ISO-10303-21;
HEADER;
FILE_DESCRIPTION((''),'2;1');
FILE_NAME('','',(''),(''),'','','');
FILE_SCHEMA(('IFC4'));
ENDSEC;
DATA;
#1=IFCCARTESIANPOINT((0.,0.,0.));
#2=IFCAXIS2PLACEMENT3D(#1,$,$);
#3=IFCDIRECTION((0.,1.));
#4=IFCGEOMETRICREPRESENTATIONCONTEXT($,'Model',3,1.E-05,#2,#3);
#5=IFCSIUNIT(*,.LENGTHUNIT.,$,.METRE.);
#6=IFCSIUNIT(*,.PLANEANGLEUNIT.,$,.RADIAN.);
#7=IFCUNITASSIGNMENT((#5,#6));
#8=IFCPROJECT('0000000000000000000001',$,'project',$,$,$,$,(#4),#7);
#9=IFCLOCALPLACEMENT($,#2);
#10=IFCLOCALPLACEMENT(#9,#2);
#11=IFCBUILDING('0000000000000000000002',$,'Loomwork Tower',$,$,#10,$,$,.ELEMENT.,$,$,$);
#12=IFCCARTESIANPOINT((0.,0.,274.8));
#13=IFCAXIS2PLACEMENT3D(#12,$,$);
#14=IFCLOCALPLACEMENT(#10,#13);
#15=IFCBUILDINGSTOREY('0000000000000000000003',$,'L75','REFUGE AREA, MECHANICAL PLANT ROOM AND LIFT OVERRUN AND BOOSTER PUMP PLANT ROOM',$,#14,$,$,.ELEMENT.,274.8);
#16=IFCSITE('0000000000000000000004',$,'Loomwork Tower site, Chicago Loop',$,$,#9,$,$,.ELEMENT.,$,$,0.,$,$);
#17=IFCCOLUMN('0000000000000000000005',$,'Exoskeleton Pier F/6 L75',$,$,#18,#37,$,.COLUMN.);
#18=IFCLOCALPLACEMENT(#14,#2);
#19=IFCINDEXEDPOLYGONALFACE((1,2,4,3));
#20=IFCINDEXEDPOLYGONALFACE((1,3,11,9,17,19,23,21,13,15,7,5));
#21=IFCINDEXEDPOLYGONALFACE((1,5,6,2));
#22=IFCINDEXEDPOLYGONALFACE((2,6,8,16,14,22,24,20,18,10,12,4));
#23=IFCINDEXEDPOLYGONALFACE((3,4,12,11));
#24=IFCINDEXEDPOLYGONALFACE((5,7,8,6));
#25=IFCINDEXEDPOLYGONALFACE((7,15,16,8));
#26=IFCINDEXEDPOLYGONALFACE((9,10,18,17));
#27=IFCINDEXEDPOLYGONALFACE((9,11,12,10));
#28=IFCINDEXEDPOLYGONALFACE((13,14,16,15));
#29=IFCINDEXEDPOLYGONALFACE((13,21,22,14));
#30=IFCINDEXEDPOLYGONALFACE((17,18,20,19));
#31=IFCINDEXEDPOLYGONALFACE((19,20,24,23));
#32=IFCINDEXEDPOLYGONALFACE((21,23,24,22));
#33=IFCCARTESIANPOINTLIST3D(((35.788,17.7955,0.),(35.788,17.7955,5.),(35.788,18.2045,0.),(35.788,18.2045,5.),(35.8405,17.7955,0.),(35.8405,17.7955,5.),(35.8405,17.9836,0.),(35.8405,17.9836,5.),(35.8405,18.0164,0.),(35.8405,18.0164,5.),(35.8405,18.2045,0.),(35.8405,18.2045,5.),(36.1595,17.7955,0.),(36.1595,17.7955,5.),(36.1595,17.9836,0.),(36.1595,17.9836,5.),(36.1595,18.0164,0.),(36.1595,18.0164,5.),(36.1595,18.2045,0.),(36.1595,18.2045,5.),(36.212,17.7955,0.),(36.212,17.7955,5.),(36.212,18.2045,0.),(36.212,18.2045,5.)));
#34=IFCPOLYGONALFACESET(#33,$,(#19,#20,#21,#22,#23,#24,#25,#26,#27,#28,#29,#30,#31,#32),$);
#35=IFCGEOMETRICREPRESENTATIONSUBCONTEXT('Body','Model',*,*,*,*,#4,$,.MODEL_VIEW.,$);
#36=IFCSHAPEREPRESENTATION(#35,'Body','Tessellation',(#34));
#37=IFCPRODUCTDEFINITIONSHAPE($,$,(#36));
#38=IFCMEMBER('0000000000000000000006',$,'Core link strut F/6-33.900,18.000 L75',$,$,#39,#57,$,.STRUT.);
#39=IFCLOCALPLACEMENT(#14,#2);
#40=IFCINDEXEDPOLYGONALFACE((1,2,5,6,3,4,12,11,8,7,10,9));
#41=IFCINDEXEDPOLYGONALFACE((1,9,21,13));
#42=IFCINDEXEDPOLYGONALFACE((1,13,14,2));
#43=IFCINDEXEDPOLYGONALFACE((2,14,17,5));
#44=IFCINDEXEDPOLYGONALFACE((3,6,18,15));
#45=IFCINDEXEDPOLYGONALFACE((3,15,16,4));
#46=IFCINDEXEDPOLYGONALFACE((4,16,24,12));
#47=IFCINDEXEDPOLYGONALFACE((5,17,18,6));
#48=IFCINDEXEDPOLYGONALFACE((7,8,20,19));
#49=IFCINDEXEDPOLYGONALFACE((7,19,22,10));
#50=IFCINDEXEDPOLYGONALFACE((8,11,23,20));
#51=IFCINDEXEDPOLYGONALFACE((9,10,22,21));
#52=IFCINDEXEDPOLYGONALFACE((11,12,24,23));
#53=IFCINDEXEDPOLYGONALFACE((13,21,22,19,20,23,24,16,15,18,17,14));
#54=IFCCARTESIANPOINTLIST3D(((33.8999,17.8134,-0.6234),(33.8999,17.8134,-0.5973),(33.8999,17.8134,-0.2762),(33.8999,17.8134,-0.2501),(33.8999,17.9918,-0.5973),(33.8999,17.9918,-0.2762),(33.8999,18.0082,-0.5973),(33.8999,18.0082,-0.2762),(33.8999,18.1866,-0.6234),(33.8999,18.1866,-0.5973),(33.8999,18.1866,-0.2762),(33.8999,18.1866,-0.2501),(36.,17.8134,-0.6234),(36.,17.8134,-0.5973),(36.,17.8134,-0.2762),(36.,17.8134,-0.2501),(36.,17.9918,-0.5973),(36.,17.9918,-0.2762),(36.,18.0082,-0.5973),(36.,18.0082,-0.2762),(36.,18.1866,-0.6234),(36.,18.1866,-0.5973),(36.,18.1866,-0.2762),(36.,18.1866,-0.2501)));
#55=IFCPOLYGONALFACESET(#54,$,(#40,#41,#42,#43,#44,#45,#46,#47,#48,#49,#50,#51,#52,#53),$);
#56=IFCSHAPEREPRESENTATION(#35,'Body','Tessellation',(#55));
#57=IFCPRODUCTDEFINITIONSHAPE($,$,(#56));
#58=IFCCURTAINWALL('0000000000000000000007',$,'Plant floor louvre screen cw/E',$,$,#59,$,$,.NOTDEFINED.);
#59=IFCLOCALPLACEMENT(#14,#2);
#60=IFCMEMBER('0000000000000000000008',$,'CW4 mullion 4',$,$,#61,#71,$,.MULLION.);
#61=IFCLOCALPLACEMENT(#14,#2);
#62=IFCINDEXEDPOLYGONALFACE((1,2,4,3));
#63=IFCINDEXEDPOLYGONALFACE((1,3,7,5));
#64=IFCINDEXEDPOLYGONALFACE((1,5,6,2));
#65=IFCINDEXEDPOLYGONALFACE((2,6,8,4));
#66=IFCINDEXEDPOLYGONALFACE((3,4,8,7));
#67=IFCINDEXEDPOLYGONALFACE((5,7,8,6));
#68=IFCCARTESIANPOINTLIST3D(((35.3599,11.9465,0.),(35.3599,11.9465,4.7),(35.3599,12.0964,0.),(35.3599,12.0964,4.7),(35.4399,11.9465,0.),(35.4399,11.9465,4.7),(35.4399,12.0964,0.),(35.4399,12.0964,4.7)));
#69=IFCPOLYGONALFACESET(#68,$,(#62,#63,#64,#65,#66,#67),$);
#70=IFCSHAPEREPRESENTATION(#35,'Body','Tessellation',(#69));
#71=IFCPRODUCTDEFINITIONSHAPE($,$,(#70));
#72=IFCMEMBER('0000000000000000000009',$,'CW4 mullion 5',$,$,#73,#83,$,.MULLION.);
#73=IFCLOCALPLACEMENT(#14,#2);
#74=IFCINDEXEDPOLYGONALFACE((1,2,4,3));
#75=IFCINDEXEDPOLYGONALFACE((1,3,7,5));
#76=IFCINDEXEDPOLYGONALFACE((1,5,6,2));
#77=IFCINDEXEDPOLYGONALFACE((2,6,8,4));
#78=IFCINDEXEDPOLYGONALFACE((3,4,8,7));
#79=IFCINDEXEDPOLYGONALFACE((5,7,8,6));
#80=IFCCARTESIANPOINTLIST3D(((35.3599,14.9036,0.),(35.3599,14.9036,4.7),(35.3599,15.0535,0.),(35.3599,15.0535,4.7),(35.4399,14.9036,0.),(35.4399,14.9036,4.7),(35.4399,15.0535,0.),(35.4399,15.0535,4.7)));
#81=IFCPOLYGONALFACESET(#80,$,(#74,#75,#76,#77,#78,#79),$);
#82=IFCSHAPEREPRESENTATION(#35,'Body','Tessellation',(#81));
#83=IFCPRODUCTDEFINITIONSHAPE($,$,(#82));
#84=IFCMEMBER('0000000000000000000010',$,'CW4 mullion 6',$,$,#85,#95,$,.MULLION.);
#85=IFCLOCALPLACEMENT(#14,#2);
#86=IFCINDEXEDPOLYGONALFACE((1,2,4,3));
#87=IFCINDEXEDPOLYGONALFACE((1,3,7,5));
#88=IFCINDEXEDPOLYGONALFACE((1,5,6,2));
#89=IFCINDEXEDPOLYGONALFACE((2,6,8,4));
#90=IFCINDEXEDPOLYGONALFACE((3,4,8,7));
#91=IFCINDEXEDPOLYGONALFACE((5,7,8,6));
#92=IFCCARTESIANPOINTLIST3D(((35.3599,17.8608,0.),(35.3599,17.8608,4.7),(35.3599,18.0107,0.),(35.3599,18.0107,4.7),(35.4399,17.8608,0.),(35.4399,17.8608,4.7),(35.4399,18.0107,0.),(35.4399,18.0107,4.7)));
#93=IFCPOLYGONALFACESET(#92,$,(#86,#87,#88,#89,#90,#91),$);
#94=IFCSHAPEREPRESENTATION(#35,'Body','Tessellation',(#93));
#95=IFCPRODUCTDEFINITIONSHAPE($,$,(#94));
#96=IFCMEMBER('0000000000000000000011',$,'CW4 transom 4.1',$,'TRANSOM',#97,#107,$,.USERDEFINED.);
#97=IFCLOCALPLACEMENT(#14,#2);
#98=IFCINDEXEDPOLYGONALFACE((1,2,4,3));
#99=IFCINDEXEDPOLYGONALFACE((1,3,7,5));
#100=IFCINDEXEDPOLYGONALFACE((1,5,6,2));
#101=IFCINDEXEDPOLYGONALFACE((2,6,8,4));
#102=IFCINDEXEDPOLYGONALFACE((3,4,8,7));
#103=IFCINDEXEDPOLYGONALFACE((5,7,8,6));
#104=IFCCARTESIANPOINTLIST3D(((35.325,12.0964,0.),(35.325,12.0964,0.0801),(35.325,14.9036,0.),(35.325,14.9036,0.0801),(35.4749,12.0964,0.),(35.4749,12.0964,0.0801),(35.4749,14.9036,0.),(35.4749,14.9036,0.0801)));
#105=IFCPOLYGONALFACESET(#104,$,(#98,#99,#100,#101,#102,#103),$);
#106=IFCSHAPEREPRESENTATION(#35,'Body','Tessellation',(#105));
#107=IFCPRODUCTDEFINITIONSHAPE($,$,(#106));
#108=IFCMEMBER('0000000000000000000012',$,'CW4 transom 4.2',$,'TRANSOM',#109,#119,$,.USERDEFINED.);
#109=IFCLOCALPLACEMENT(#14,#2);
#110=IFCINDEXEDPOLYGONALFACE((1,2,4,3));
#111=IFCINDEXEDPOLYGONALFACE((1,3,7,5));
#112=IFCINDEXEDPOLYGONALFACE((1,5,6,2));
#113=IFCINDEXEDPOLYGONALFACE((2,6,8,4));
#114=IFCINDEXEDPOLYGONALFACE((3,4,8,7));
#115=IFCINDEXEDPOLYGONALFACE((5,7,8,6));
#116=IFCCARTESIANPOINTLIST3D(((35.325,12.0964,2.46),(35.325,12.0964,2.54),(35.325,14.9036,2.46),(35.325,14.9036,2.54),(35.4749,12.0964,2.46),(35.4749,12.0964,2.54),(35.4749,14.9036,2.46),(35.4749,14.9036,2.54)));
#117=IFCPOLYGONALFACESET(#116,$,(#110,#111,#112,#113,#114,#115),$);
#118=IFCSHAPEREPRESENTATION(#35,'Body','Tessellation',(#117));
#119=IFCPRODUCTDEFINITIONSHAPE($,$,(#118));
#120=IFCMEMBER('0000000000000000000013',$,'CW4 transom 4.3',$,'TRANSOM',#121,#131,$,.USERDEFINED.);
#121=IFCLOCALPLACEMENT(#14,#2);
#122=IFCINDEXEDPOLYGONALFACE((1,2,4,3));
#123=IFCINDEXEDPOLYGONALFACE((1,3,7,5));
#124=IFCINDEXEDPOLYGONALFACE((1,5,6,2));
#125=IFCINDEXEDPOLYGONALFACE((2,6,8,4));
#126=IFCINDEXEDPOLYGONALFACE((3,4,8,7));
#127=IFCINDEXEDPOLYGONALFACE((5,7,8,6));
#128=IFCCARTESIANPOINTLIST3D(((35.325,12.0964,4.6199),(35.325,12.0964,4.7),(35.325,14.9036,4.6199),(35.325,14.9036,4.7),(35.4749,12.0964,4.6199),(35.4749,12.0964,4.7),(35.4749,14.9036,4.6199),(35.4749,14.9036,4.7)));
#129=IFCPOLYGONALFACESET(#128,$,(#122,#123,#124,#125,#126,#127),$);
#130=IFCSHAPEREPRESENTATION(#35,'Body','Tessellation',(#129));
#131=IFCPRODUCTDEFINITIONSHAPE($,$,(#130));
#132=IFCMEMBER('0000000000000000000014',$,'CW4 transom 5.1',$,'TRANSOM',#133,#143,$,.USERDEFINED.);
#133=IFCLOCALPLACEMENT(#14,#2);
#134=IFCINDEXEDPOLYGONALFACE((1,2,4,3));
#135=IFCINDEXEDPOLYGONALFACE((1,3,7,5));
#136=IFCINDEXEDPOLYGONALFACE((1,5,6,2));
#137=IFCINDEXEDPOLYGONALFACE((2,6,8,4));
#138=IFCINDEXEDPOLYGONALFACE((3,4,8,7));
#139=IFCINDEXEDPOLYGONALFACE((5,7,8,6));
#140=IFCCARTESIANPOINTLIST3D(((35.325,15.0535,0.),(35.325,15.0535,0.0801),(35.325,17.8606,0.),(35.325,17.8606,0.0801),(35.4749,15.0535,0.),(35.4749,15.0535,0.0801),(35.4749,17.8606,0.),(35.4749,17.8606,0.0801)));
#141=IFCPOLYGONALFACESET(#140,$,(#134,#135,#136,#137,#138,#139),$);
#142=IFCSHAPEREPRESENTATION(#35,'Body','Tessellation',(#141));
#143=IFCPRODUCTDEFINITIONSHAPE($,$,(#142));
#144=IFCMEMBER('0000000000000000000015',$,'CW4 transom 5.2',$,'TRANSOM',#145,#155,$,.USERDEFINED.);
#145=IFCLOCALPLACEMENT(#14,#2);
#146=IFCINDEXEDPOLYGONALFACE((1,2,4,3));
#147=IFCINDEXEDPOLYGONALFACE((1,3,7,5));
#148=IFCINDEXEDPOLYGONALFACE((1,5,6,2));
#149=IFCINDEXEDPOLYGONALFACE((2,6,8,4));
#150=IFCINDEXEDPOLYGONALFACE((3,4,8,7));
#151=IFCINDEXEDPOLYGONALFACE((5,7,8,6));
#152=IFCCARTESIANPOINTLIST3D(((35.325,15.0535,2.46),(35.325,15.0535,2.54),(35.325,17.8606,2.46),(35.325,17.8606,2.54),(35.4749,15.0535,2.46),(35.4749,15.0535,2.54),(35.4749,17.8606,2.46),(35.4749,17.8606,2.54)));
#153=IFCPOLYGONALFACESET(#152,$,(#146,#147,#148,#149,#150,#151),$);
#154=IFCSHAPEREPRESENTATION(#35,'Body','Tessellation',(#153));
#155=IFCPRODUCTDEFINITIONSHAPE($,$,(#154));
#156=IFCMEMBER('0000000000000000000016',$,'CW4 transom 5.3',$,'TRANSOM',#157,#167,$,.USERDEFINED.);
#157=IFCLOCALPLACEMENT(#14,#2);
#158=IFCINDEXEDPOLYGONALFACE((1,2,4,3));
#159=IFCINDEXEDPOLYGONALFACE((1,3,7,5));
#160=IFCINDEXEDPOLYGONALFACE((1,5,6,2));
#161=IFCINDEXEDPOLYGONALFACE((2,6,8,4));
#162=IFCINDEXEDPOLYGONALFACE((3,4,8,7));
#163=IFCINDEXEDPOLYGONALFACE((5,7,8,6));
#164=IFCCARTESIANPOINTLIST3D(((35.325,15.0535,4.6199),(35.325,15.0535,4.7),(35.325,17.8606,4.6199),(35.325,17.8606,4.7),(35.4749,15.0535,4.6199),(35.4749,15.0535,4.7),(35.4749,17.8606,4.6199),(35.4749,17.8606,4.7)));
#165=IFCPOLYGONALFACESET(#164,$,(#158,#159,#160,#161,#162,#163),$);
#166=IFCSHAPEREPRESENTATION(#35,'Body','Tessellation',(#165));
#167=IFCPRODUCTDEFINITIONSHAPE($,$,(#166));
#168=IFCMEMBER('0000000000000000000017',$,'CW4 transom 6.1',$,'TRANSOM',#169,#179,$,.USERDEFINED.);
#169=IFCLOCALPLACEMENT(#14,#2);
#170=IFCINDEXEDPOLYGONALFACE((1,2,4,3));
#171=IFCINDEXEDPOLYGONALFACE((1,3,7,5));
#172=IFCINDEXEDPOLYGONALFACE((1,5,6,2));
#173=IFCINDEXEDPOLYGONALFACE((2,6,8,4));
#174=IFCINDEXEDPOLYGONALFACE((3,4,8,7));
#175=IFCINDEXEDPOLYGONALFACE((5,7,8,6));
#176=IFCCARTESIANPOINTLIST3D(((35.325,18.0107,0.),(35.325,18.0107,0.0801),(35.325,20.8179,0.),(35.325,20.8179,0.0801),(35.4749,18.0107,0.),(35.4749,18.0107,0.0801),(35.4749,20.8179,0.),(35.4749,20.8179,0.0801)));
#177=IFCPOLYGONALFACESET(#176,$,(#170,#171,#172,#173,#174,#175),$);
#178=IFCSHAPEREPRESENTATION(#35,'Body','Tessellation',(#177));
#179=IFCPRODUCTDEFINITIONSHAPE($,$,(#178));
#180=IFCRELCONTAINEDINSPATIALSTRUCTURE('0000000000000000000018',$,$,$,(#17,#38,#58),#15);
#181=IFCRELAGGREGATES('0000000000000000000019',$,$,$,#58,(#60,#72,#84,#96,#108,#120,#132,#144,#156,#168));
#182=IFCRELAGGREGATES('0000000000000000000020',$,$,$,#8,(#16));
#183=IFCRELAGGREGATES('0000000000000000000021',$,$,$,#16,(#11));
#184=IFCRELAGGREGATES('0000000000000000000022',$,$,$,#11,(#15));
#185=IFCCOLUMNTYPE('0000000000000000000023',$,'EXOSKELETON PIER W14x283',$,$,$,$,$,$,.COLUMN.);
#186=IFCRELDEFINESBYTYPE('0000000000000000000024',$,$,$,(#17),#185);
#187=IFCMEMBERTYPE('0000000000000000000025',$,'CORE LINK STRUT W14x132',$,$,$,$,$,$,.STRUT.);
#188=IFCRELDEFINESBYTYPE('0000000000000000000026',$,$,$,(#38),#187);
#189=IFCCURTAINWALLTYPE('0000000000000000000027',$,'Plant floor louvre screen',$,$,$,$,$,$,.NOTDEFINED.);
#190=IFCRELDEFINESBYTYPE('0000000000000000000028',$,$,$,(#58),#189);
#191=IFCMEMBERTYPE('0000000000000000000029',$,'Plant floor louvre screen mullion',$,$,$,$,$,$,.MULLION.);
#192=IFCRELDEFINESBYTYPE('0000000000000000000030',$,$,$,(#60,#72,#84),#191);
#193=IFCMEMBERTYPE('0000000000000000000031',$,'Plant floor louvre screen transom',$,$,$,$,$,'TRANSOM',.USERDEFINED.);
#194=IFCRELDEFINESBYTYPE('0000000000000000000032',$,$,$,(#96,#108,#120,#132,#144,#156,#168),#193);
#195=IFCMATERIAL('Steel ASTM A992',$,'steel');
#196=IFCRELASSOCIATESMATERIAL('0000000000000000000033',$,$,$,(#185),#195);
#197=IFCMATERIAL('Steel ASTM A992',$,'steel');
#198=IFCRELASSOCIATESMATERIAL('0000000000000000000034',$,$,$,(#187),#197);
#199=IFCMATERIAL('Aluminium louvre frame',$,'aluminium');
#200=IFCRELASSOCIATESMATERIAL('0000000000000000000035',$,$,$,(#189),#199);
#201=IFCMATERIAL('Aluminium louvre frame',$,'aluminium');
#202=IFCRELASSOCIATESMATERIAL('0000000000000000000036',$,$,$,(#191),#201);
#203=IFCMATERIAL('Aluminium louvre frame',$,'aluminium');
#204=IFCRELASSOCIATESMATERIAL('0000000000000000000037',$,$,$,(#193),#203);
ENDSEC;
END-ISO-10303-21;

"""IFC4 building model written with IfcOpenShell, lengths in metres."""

from ifc_helpers import new_model, si_unit, direction, frame, origin, origin_2d, place, context, subcontext, project, spatial, rectangle, i_section, extrude, material, material_profile, profile_set, type_object, element, aggregate, save


model = new_model("IFC4")

# Units and contexts
model_context = context("Model", 3, precision=1e-05, world=origin(), true_north=direction((0.0, 1.0)))
body_context = subcontext(model_context, "Body", "Model", "MODEL_VIEW")
ifc_project = project(units=[si_unit("LENGTHUNIT", "METRE"), si_unit("PLANEANGLEUNIT", "RADIAN")], contexts=[model_context])

# Site, building, storey
site_placement = place(None, origin())
site = spatial("IfcSite", under=ifc_project, at=site_placement, Name="Loomwork Tower site, Chicago Loop", CompositionType="ELEMENT", RefElevation=0.0)
building_placement = place(site_placement, origin())
building = spatial("IfcBuilding", under=site, at=building_placement, Name="Loomwork Tower", CompositionType="ELEMENT")
storey_placement = place(building_placement, frame((0.0, 0.0, 274.8)))
storey = spatial("IfcBuildingStorey", under=building, at=storey_placement, Name="L75", Description="REFUGE AREA, MECHANICAL PLANT ROOM AND LIFT OVERRUN AND BOOSTER PUMP PLANT ROOM", CompositionType="ELEMENT", Elevation=274.8)

# Column
ifc_material_1 = material(Name="Steel ASTM A992", Category="steel")
ifc_material_profile_1 = material_profile(ifc_material_1, i_section(OverallWidth=0.4089, OverallDepth=0.4241, WebThickness=0.0327, FlangeThickness=0.0525, at=origin_2d()), Name="W14x283")
ifc_profile_set_1 = profile_set([ifc_material_profile_1], Name="Steel ASTM A992")
column_type = type_object("IfcColumnType", Name="EXOSKELETON PIER W14x283", PredefinedType="COLUMN", material=ifc_profile_set_1)
column_placement = place(storey_placement, frame((36.0, 18.0, 0.0), z_axis=(0.0, 0.0, 1.0), x_axis=(0.0, 1.0, 0.0)))
element("IfcColumn", 1, at=column_placement, inside=storey, type_object=column_type, Name="Exoskeleton Pier F/6 L75", PredefinedType="COLUMN", context=body_context, shape_type="SweptSolid", body=[
    extrude(i_section(OverallWidth=0.4089, OverallDepth=0.4241, WebThickness=0.0327, FlangeThickness=0.0525, at=origin_2d()), origin(), (0.0, 0.0, 1.0), 5.0),
])

# Member
ifc_material_2 = material(Name="Steel ASTM A992", Category="steel")
ifc_material_profile_2 = material_profile(ifc_material_2, i_section(OverallWidth=0.3733, OverallDepth=0.3733, WebThickness=0.0164, FlangeThickness=0.0261, at=origin_2d()), Name="W14x132")
ifc_profile_set_2 = profile_set([ifc_material_profile_2], Name="Steel ASTM A992")
member_type_1 = type_object("IfcMemberType", Name="CORE LINK STRUT W14x132", PredefinedType="STRUT", material=ifc_profile_set_2)
member_1_placement = place(storey_placement, frame((36.0, 18.0, -0.4368), z_axis=(-1.0, 0.0, 0.0), x_axis=(0.0, -1.0, 0.0)))
element("IfcMember", 2, at=member_1_placement, inside=storey, type_object=member_type_1, Name="Core link strut F/6-33.900,18.000 L75", PredefinedType="STRUT", context=body_context, shape_type="SweptSolid", body=[
    extrude(i_section(OverallWidth=0.3733, OverallDepth=0.3733, WebThickness=0.0164, FlangeThickness=0.0261, at=origin_2d()), origin(), (0.0, 0.0, 1.0), 2.1001),
])

# Curtain wall, members
ifc_material_3 = material(Name="Aluminium louvre frame", Category="aluminium")
curtain_wall_type = type_object("IfcCurtainWallType", Name="Plant floor louvre screen", PredefinedType="NOTDEFINED", material=ifc_material_3)
curtain_wall_placement = place(storey_placement, origin())
curtain_wall = element("IfcCurtainWall", 3, at=curtain_wall_placement, inside=storey, type_object=curtain_wall_type, Name="Plant floor louvre screen cw/E", PredefinedType="NOTDEFINED")
ifc_material_4 = material(Name="Aluminium louvre frame", Category="aluminium")
ifc_material_profile_3 = material_profile(ifc_material_4, rectangle(XDim=0.0801, YDim=0.1499, at=origin_2d()), Name="AL 80x150")
ifc_profile_set_3 = profile_set([ifc_material_profile_3], Name="Aluminium louvre frame")
member_type_2 = type_object("IfcMemberType", Name="Plant floor louvre screen mullion", PredefinedType="MULLION", material=ifc_profile_set_3)
member_2_placement = place(storey_placement, frame((35.3999, 12.0215, 0.0), z_axis=(0.0, 0.0, 1.0), x_axis=(-1.0, 0.0, 0.0)))
member_2 = element("IfcMember", 4, at=member_2_placement, type_object=member_type_2, Name="CW4 mullion 4", PredefinedType="MULLION", context=body_context, shape_type="SweptSolid", body=[
    extrude(rectangle(XDim=0.0801, YDim=0.1499, at=origin_2d()), origin(), (0.0, 0.0, 1.0), 4.7),
])
member_3_placement = place(storey_placement, frame((35.3999, 14.9785, 0.0), z_axis=(0.0, 0.0, 1.0), x_axis=(-1.0, 0.0, 0.0)))
member_3 = element("IfcMember", 5, at=member_3_placement, type_object=member_type_2, Name="CW4 mullion 5", PredefinedType="MULLION", context=body_context, shape_type="SweptSolid", body=[
    extrude(rectangle(XDim=0.0801, YDim=0.1499, at=origin_2d()), origin(), (0.0, 0.0, 1.0), 4.7),
])
member_4_placement = place(storey_placement, frame((35.3999, 17.9358, 0.0), z_axis=(0.0, 0.0, 1.0), x_axis=(-1.0, 0.0, 0.0)))
member_4 = element("IfcMember", 6, at=member_4_placement, type_object=member_type_2, Name="CW4 mullion 6", PredefinedType="MULLION", context=body_context, shape_type="SweptSolid", body=[
    extrude(rectangle(XDim=0.0801, YDim=0.1499, at=origin_2d()), origin(), (0.0, 0.0, 1.0), 4.7),
])
ifc_material_5 = material(Name="Aluminium louvre frame", Category="aluminium")
ifc_material_profile_4 = material_profile(ifc_material_5, rectangle(XDim=0.1499, YDim=0.0801, at=origin_2d()), Name="AL 80x150")
ifc_profile_set_4 = profile_set([ifc_material_profile_4], Name="Aluminium louvre frame")
member_type_3 = type_object("IfcMemberType", Name="Plant floor louvre screen transom", ElementType="TRANSOM", PredefinedType="USERDEFINED", material=ifc_profile_set_4)
member_5_placement = place(storey_placement, frame((35.3999, 12.0964, 0.04), z_axis=(0.0, 1.0, 0.0), x_axis=(-1.0, 0.0, 0.0)))
member_5 = element("IfcMember", 7, at=member_5_placement, type_object=member_type_3, Name="CW4 transom 4.1", ObjectType="TRANSOM", PredefinedType="USERDEFINED", context=body_context, shape_type="SweptSolid", body=[
    extrude(rectangle(XDim=0.1499, YDim=0.0801, at=origin_2d()), origin(), (0.0, 0.0, 1.0), 2.8071),
])
member_6_placement = place(storey_placement, frame((35.3999, 12.0964, 2.5), z_axis=(0.0, 1.0, 0.0), x_axis=(-1.0, 0.0, 0.0)))
member_6 = element("IfcMember", 8, at=member_6_placement, type_object=member_type_3, Name="CW4 transom 4.2", ObjectType="TRANSOM", PredefinedType="USERDEFINED", context=body_context, shape_type="SweptSolid", body=[
    extrude(rectangle(XDim=0.1499, YDim=0.0801, at=origin_2d()), origin(), (0.0, 0.0, 1.0), 2.8071),
])
member_7_placement = place(storey_placement, frame((35.3999, 12.0964, 4.6599), z_axis=(0.0, 1.0, 0.0), x_axis=(-1.0, 0.0, 0.0)))
member_7 = element("IfcMember", 9, at=member_7_placement, type_object=member_type_3, Name="CW4 transom 4.3", ObjectType="TRANSOM", PredefinedType="USERDEFINED", context=body_context, shape_type="SweptSolid", body=[
    extrude(rectangle(XDim=0.1499, YDim=0.0801, at=origin_2d()), origin(), (0.0, 0.0, 1.0), 2.8071),
])
member_8_placement = place(storey_placement, frame((35.3999, 15.0535, 0.04), z_axis=(0.0, 1.0, 0.0), x_axis=(-1.0, 0.0, 0.0)))
member_8 = element("IfcMember", 10, at=member_8_placement, type_object=member_type_3, Name="CW4 transom 5.1", ObjectType="TRANSOM", PredefinedType="USERDEFINED", context=body_context, shape_type="SweptSolid", body=[
    extrude(rectangle(XDim=0.1499, YDim=0.0801, at=origin_2d()), origin(), (0.0, 0.0, 1.0), 2.8071),
])
member_9_placement = place(storey_placement, frame((35.3999, 15.0535, 2.5), z_axis=(0.0, 1.0, 0.0), x_axis=(-1.0, 0.0, 0.0)))
member_9 = element("IfcMember", 11, at=member_9_placement, type_object=member_type_3, Name="CW4 transom 5.2", ObjectType="TRANSOM", PredefinedType="USERDEFINED", context=body_context, shape_type="SweptSolid", body=[
    extrude(rectangle(XDim=0.1499, YDim=0.0801, at=origin_2d()), origin(), (0.0, 0.0, 1.0), 2.8071),
])
member_10_placement = place(storey_placement, frame((35.3999, 15.0535, 4.6599), z_axis=(0.0, 1.0, 0.0), x_axis=(-1.0, 0.0, 0.0)))
member_10 = element("IfcMember", 12, at=member_10_placement, type_object=member_type_3, Name="CW4 transom 5.3", ObjectType="TRANSOM", PredefinedType="USERDEFINED", context=body_context, shape_type="SweptSolid", body=[
    extrude(rectangle(XDim=0.1499, YDim=0.0801, at=origin_2d()), origin(), (0.0, 0.0, 1.0), 2.8071),
])
member_11_placement = place(storey_placement, frame((35.3999, 18.0107, 0.04), z_axis=(0.0, 1.0, 0.0), x_axis=(-1.0, 0.0, 0.0)))
member_11 = element("IfcMember", 13, at=member_11_placement, type_object=member_type_3, Name="CW4 transom 6.1", ObjectType="TRANSOM", PredefinedType="USERDEFINED", context=body_context, shape_type="SweptSolid", body=[
    extrude(rectangle(XDim=0.1499, YDim=0.0801, at=origin_2d()), origin(), (0.0, 0.0, 1.0), 2.8071),
])

aggregate(curtain_wall, [member_2, member_3, member_4, member_5, member_6, member_7, member_8, member_9, member_10, member_11])

save(model, "model.ifc")
